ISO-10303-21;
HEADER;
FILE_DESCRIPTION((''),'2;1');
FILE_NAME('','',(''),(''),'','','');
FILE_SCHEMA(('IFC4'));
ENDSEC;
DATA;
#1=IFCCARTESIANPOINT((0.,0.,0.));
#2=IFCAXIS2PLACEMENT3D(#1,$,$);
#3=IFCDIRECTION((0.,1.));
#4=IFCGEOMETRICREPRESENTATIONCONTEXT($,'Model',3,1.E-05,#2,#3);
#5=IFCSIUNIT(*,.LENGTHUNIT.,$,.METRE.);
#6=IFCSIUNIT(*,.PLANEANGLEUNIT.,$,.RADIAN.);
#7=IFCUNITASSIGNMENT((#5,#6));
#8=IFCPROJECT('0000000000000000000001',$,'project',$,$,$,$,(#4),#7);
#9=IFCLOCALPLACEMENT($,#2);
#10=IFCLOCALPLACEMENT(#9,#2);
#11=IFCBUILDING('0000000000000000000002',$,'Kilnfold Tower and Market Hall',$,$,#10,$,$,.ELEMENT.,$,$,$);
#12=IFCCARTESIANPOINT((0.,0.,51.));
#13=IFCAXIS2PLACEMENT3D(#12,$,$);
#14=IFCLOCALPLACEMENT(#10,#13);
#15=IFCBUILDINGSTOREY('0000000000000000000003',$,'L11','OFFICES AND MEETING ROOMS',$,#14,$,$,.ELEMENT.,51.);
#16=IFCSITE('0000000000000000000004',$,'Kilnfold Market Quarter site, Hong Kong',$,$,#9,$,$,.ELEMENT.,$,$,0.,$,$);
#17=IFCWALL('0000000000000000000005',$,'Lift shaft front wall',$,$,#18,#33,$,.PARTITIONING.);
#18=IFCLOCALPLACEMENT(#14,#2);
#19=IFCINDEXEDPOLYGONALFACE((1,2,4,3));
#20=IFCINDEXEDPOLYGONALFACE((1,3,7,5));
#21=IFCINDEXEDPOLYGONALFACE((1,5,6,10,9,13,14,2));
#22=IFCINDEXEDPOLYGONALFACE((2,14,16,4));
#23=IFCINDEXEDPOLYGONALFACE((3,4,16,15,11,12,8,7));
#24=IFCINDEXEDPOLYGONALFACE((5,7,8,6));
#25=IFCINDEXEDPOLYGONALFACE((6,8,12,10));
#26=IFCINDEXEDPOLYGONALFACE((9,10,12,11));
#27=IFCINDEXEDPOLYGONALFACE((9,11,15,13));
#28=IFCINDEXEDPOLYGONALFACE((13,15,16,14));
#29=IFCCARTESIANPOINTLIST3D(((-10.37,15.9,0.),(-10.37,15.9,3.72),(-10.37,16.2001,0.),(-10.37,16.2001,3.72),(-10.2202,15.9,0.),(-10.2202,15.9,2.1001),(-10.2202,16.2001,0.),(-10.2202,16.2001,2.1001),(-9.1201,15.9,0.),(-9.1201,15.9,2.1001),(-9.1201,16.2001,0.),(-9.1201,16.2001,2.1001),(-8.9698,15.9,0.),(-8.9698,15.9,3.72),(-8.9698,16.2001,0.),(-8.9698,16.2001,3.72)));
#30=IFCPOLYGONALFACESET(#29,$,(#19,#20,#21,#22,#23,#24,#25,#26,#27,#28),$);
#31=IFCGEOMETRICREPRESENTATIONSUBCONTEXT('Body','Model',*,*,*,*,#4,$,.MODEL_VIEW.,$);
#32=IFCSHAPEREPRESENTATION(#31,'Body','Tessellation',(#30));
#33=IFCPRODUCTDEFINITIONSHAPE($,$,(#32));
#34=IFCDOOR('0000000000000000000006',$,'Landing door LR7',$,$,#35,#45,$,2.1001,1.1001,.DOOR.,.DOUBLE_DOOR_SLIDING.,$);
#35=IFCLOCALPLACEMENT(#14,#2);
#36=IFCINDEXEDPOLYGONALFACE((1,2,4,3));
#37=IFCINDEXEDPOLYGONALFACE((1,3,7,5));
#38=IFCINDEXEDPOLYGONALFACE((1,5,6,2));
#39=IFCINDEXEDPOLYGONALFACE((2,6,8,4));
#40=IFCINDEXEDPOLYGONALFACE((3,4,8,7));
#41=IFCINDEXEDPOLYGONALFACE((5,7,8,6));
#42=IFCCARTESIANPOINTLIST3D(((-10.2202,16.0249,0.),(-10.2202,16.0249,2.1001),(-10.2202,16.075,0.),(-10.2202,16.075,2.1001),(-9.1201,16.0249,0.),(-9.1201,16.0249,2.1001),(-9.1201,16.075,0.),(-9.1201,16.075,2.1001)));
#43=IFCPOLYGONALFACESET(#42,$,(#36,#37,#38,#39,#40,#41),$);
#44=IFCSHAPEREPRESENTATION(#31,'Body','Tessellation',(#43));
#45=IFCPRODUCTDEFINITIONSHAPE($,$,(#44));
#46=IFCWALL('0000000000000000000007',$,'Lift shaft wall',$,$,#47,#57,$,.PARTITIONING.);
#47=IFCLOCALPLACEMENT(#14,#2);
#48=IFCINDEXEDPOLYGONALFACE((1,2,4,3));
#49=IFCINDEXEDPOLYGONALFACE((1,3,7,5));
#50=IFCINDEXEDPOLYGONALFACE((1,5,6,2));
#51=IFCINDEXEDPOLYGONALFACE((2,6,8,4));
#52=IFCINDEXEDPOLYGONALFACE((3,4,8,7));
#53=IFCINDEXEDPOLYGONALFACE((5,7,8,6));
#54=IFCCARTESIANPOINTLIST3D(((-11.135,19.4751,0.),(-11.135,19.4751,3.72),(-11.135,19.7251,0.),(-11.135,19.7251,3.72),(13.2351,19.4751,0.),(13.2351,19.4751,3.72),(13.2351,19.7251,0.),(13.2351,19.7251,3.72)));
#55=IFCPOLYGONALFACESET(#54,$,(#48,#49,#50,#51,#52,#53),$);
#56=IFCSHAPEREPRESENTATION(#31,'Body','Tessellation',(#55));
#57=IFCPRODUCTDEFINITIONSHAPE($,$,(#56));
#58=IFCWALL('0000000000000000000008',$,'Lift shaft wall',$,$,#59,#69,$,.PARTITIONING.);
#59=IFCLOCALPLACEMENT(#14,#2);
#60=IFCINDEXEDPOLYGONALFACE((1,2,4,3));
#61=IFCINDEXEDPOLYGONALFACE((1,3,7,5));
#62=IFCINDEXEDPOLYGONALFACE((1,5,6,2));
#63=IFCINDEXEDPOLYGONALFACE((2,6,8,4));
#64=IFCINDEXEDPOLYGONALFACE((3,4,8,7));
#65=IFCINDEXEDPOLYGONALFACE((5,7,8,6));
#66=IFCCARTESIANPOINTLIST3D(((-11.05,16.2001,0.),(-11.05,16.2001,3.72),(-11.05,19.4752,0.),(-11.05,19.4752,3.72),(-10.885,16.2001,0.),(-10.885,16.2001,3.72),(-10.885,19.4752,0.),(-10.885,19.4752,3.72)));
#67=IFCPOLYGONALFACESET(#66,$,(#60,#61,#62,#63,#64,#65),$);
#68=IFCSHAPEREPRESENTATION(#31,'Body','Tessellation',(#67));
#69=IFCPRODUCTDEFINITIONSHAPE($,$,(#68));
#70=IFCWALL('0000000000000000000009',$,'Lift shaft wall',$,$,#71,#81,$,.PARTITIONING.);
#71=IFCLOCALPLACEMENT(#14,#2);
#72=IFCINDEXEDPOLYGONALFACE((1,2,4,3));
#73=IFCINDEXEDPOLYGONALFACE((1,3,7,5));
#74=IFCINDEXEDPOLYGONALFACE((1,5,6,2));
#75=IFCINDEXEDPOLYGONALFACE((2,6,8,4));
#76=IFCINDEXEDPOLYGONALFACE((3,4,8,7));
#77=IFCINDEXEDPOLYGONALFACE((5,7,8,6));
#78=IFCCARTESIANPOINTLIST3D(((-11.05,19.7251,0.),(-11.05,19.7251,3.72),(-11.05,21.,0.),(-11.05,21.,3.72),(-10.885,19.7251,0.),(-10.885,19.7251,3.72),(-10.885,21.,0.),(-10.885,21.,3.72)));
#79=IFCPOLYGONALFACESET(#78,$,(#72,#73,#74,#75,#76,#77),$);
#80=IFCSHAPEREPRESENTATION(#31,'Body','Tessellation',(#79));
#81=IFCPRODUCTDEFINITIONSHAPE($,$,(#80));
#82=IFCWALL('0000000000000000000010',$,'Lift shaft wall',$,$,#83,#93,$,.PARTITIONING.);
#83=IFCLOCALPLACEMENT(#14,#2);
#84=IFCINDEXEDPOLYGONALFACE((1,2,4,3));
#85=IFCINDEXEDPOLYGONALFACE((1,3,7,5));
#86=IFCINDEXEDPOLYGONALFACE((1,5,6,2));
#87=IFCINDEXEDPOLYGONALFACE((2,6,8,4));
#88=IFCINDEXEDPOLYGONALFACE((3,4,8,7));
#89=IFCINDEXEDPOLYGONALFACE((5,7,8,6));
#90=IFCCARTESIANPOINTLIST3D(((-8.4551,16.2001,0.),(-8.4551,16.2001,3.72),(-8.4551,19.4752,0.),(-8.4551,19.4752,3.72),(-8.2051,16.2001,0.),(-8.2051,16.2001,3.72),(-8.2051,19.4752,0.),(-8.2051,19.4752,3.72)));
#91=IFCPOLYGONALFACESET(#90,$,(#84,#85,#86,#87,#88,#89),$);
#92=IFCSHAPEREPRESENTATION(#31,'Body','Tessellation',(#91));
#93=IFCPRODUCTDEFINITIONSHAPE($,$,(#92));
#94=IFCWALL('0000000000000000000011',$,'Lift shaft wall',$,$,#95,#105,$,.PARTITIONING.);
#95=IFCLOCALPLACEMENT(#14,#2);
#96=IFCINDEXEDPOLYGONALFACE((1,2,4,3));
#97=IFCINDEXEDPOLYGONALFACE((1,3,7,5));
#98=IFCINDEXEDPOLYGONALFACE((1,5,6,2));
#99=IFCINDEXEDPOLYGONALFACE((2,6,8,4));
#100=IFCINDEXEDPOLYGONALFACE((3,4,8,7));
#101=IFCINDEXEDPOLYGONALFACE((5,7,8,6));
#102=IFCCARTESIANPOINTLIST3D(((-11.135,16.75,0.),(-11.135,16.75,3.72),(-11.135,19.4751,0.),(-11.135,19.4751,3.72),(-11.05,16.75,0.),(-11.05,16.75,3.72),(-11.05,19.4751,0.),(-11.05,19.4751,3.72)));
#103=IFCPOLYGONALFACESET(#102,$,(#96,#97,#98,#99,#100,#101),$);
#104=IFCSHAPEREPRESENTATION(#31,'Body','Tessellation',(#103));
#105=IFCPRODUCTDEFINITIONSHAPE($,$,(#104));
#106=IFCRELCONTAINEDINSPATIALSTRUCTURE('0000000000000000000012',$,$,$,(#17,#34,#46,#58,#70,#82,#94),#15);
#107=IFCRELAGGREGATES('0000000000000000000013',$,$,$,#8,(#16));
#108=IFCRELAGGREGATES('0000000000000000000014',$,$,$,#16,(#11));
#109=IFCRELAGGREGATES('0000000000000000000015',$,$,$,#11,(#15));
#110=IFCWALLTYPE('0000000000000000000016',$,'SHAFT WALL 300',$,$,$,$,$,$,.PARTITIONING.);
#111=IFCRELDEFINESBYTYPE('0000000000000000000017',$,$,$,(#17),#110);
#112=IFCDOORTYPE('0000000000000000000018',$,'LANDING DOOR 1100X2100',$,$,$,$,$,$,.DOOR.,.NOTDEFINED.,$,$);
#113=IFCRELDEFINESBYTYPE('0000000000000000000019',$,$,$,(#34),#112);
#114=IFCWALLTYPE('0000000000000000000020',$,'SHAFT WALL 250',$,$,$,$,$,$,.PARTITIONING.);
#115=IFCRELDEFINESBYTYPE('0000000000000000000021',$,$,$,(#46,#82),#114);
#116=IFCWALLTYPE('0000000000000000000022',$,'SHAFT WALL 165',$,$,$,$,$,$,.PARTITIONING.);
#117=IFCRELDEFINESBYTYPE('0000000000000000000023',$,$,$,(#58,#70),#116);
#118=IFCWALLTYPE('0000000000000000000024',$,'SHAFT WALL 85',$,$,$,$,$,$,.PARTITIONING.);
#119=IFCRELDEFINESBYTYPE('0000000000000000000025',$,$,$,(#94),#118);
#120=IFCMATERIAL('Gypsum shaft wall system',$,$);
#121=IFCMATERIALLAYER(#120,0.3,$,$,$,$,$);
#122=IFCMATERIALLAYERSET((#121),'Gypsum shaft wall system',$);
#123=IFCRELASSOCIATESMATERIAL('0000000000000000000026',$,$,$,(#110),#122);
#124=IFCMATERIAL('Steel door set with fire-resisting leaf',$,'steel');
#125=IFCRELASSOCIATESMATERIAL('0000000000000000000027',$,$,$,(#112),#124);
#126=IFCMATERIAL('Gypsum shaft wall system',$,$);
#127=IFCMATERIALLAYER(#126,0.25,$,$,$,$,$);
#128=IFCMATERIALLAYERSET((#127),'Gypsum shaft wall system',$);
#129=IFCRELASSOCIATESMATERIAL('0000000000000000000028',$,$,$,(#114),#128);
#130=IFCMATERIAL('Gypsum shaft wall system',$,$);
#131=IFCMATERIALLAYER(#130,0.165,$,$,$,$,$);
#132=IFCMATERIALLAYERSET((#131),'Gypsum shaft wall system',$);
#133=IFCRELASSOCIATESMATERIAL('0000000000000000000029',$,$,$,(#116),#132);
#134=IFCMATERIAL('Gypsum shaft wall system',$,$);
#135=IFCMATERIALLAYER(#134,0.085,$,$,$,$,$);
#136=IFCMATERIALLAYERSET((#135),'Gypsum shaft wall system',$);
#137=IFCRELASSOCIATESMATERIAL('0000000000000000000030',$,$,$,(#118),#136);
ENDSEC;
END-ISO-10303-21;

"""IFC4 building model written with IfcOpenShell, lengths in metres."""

from ifc_helpers import new_model, si_unit, direction, frame, frame_2d, origin, place, context, subcontext, project, spatial, rectangle, extrude, source, transform, mapped, material, layer, layer_set, type_object, element, fill, save


model = new_model("IFC4")

# Units and contexts
model_context = context("Model", 3, precision=1e-05, world=origin(), true_north=direction((0.0, 1.0)))
body_context = subcontext(model_context, "Body", "Model", "MODEL_VIEW")
ifc_project = project(units=[si_unit("LENGTHUNIT", "METRE"), si_unit("PLANEANGLEUNIT", "RADIAN")], contexts=[model_context])

# Site, building, storey
site_placement = place(None, origin())
site = spatial("IfcSite", under=ifc_project, at=site_placement, Name="Kilnfold Market Quarter site, Hong Kong", CompositionType="ELEMENT", RefElevation=0.0)
building_placement = place(site_placement, origin())
building = spatial("IfcBuilding", under=site, at=building_placement, Name="Kilnfold Tower and Market Hall", CompositionType="ELEMENT")
storey_placement = place(building_placement, frame((0.0, 0.0, 51.0)))
storey = spatial("IfcBuildingStorey", under=building, at=storey_placement, Name="L11", Description="OFFICES AND MEETING ROOMS", CompositionType="ELEMENT", Elevation=51.0)

# Wall, opening, door
ifc_material_1 = material(Name="Gypsum shaft wall system")
ifc_layer_1 = layer(ifc_material_1, 0.3)
ifc_layer_set_1 = layer_set([ifc_layer_1], Name="Gypsum shaft wall system")
wall_type_1 = type_object("IfcWallType", Name="SHAFT WALL 300", PredefinedType="PARTITIONING", material=ifc_layer_set_1)
shared_shape_1 = source(origin(), body_context, "Body", "SweptSolid", [
    extrude(rectangle(XDim=1.4001, YDim=0.3, at=frame_2d((0.7002, 0.0))), origin(), (0.0, 0.0, 1.0), 3.72),
])
wall_1_placement = place(storey_placement, frame((-10.3701, 16.05, 0.0), z_axis=(0.0, 0.0, 1.0), x_axis=(1.0, 0.0, 0.0)))
wall_1 = element("IfcWall", 1, at=wall_1_placement, inside=storey, type_object=wall_type_1, Name="Lift shaft front wall", PredefinedType="PARTITIONING", context=body_context, shape_type="MappedRepresentation", body=[
    mapped(shared_shape_1, transform((0.0, 0.0, 0.0))),
])
opening_1_placement = place(wall_1_placement, frame((0.1499, 0.0, 0.0)))
opening_1 = element("IfcOpeningElement", 2, at=opening_1_placement, cuts=wall_1, PredefinedType="OPENING", context=body_context, shape_type="SweptSolid", body=[
    extrude(rectangle(XDim=1.1001, YDim=2.1001, at=frame_2d((0.55, 1.05))), frame((0.0, 0.1602, 0.0), z_axis=(0.0, -1.0, 0.0), x_axis=(1.0, 0.0, 0.0)), (0.0, 0.0, 1.0), 0.3201),
])
ifc_material_2 = material(Name="Steel door set with fire-resisting leaf", Category="steel")
door_type = type_object("IfcDoorType", Name="LANDING DOOR 1100X2100", OperationType="NOTDEFINED", PredefinedType="DOOR", material=ifc_material_2)
door_placement = place(opening_1_placement, origin())
door = element("IfcDoor", 3, at=door_placement, inside=storey, type_object=door_type, Name="Landing door LR7", OperationType="DOUBLE_DOOR_SLIDING", OverallHeight=2.1001, OverallWidth=1.1001, PredefinedType="DOOR", context=body_context, shape_type="SweptSolid", body=[
    extrude(rectangle(XDim=1.1001, YDim=2.1001, at=frame_2d((0.55, 1.05))), frame((0.0, 0.0249, 0.0), z_axis=(0.0, -1.0, 0.0), x_axis=(1.0, 0.0, 0.0)), (0.0, 0.0, 1.0), 0.05),
])
fill(opening_1, door)

# Walls
ifc_material_3 = material(Name="Gypsum shaft wall system")
ifc_layer_2 = layer(ifc_material_3, 0.25)
ifc_layer_set_2 = layer_set([ifc_layer_2], Name="Gypsum shaft wall system")
wall_type_2 = type_object("IfcWallType", Name="SHAFT WALL 250", PredefinedType="PARTITIONING", material=ifc_layer_set_2)
shared_shape_2 = source(origin(), body_context, "Body", "SweptSolid", [
    extrude(rectangle(XDim=24.3701, YDim=0.25, at=frame_2d((12.1851, 0.0))), origin(), (0.0, 0.0, 1.0), 3.72),
])
wall_2_placement = place(storey_placement, frame((-11.135, 19.6001, 0.0), z_axis=(0.0, 0.0, 1.0), x_axis=(1.0, 0.0, 0.0)))
element("IfcWall", 4, at=wall_2_placement, inside=storey, type_object=wall_type_2, Name="Lift shaft wall", PredefinedType="PARTITIONING", context=body_context, shape_type="MappedRepresentation", body=[
    mapped(shared_shape_2, transform((0.0, 0.0, 0.0))),
])
ifc_material_4 = material(Name="Gypsum shaft wall system")
ifc_layer_3 = layer(ifc_material_4, 0.165)
ifc_layer_set_3 = layer_set([ifc_layer_3], Name="Gypsum shaft wall system")
wall_type_3 = type_object("IfcWallType", Name="SHAFT WALL 165", PredefinedType="PARTITIONING", material=ifc_layer_set_3)
shared_shape_3 = source(origin(), body_context, "Body", "SweptSolid", [
    extrude(rectangle(XDim=3.2751, YDim=0.165, at=frame_2d((1.6377, 0.0))), origin(), (0.0, 0.0, 1.0), 3.72),
])
wall_3_placement = place(storey_placement, frame((-10.9675, 16.2, 0.0), z_axis=(0.0, 0.0, 1.0), x_axis=(0.0, 1.0, 0.0)))
element("IfcWall", 5, at=wall_3_placement, inside=storey, type_object=wall_type_3, Name="Lift shaft wall", PredefinedType="PARTITIONING", context=body_context, shape_type="MappedRepresentation", body=[
    mapped(shared_shape_3, transform((0.0, 0.0, 0.0))),
])
shared_shape_4 = source(origin(), body_context, "Body", "SweptSolid", [
    extrude(rectangle(XDim=1.2749, YDim=0.165, at=frame_2d((0.6375, 0.0))), origin(), (0.0, 0.0, 1.0), 3.72),
])
wall_4_placement = place(storey_placement, frame((-10.9675, 19.7251, 0.0), z_axis=(0.0, 0.0, 1.0), x_axis=(0.0, 1.0, 0.0)))
element("IfcWall", 6, at=wall_4_placement, inside=storey, type_object=wall_type_3, Name="Lift shaft wall", PredefinedType="PARTITIONING", context=body_context, shape_type="MappedRepresentation", body=[
    mapped(shared_shape_4, transform((0.0, 0.0, 0.0))),
])
shared_shape_5 = source(origin(), body_context, "Body", "SweptSolid", [
    extrude(rectangle(XDim=3.2751, YDim=0.25, at=frame_2d((1.6377, 0.0))), origin(), (0.0, 0.0, 1.0), 3.72),
])
wall_5_placement = place(storey_placement, frame((-8.3301, 16.2, 0.0), z_axis=(0.0, 0.0, 1.0), x_axis=(0.0, 1.0, 0.0)))
element("IfcWall", 7, at=wall_5_placement, inside=storey, type_object=wall_type_2, Name="Lift shaft wall", PredefinedType="PARTITIONING", context=body_context, shape_type="MappedRepresentation", body=[
    mapped(shared_shape_5, transform((0.0, 0.0, 0.0))),
])
ifc_material_5 = material(Name="Gypsum shaft wall system")
ifc_layer_4 = layer(ifc_material_5, 0.085)
ifc_layer_set_4 = layer_set([ifc_layer_4], Name="Gypsum shaft wall system")
wall_type_4 = type_object("IfcWallType", Name="SHAFT WALL 85", PredefinedType="PARTITIONING", material=ifc_layer_set_4)
shared_shape_6 = source(origin(), body_context, "Body", "SweptSolid", [
    extrude(rectangle(XDim=2.7251, YDim=0.085, at=frame_2d((1.3625, 0.0))), origin(), (0.0, 0.0, 1.0), 3.72),
])
wall_6_placement = place(storey_placement, frame((-11.0925, 16.75, 0.0), z_axis=(0.0, 0.0, 1.0), x_axis=(0.0, 1.0, 0.0)))
element("IfcWall", 8, at=wall_6_placement, inside=storey, type_object=wall_type_4, Name="Lift shaft wall", PredefinedType="PARTITIONING", context=body_context, shape_type="MappedRepresentation", body=[
    mapped(shared_shape_6, transform((0.0, 0.0, 0.0))),
])

save(model, "model.ifc")
